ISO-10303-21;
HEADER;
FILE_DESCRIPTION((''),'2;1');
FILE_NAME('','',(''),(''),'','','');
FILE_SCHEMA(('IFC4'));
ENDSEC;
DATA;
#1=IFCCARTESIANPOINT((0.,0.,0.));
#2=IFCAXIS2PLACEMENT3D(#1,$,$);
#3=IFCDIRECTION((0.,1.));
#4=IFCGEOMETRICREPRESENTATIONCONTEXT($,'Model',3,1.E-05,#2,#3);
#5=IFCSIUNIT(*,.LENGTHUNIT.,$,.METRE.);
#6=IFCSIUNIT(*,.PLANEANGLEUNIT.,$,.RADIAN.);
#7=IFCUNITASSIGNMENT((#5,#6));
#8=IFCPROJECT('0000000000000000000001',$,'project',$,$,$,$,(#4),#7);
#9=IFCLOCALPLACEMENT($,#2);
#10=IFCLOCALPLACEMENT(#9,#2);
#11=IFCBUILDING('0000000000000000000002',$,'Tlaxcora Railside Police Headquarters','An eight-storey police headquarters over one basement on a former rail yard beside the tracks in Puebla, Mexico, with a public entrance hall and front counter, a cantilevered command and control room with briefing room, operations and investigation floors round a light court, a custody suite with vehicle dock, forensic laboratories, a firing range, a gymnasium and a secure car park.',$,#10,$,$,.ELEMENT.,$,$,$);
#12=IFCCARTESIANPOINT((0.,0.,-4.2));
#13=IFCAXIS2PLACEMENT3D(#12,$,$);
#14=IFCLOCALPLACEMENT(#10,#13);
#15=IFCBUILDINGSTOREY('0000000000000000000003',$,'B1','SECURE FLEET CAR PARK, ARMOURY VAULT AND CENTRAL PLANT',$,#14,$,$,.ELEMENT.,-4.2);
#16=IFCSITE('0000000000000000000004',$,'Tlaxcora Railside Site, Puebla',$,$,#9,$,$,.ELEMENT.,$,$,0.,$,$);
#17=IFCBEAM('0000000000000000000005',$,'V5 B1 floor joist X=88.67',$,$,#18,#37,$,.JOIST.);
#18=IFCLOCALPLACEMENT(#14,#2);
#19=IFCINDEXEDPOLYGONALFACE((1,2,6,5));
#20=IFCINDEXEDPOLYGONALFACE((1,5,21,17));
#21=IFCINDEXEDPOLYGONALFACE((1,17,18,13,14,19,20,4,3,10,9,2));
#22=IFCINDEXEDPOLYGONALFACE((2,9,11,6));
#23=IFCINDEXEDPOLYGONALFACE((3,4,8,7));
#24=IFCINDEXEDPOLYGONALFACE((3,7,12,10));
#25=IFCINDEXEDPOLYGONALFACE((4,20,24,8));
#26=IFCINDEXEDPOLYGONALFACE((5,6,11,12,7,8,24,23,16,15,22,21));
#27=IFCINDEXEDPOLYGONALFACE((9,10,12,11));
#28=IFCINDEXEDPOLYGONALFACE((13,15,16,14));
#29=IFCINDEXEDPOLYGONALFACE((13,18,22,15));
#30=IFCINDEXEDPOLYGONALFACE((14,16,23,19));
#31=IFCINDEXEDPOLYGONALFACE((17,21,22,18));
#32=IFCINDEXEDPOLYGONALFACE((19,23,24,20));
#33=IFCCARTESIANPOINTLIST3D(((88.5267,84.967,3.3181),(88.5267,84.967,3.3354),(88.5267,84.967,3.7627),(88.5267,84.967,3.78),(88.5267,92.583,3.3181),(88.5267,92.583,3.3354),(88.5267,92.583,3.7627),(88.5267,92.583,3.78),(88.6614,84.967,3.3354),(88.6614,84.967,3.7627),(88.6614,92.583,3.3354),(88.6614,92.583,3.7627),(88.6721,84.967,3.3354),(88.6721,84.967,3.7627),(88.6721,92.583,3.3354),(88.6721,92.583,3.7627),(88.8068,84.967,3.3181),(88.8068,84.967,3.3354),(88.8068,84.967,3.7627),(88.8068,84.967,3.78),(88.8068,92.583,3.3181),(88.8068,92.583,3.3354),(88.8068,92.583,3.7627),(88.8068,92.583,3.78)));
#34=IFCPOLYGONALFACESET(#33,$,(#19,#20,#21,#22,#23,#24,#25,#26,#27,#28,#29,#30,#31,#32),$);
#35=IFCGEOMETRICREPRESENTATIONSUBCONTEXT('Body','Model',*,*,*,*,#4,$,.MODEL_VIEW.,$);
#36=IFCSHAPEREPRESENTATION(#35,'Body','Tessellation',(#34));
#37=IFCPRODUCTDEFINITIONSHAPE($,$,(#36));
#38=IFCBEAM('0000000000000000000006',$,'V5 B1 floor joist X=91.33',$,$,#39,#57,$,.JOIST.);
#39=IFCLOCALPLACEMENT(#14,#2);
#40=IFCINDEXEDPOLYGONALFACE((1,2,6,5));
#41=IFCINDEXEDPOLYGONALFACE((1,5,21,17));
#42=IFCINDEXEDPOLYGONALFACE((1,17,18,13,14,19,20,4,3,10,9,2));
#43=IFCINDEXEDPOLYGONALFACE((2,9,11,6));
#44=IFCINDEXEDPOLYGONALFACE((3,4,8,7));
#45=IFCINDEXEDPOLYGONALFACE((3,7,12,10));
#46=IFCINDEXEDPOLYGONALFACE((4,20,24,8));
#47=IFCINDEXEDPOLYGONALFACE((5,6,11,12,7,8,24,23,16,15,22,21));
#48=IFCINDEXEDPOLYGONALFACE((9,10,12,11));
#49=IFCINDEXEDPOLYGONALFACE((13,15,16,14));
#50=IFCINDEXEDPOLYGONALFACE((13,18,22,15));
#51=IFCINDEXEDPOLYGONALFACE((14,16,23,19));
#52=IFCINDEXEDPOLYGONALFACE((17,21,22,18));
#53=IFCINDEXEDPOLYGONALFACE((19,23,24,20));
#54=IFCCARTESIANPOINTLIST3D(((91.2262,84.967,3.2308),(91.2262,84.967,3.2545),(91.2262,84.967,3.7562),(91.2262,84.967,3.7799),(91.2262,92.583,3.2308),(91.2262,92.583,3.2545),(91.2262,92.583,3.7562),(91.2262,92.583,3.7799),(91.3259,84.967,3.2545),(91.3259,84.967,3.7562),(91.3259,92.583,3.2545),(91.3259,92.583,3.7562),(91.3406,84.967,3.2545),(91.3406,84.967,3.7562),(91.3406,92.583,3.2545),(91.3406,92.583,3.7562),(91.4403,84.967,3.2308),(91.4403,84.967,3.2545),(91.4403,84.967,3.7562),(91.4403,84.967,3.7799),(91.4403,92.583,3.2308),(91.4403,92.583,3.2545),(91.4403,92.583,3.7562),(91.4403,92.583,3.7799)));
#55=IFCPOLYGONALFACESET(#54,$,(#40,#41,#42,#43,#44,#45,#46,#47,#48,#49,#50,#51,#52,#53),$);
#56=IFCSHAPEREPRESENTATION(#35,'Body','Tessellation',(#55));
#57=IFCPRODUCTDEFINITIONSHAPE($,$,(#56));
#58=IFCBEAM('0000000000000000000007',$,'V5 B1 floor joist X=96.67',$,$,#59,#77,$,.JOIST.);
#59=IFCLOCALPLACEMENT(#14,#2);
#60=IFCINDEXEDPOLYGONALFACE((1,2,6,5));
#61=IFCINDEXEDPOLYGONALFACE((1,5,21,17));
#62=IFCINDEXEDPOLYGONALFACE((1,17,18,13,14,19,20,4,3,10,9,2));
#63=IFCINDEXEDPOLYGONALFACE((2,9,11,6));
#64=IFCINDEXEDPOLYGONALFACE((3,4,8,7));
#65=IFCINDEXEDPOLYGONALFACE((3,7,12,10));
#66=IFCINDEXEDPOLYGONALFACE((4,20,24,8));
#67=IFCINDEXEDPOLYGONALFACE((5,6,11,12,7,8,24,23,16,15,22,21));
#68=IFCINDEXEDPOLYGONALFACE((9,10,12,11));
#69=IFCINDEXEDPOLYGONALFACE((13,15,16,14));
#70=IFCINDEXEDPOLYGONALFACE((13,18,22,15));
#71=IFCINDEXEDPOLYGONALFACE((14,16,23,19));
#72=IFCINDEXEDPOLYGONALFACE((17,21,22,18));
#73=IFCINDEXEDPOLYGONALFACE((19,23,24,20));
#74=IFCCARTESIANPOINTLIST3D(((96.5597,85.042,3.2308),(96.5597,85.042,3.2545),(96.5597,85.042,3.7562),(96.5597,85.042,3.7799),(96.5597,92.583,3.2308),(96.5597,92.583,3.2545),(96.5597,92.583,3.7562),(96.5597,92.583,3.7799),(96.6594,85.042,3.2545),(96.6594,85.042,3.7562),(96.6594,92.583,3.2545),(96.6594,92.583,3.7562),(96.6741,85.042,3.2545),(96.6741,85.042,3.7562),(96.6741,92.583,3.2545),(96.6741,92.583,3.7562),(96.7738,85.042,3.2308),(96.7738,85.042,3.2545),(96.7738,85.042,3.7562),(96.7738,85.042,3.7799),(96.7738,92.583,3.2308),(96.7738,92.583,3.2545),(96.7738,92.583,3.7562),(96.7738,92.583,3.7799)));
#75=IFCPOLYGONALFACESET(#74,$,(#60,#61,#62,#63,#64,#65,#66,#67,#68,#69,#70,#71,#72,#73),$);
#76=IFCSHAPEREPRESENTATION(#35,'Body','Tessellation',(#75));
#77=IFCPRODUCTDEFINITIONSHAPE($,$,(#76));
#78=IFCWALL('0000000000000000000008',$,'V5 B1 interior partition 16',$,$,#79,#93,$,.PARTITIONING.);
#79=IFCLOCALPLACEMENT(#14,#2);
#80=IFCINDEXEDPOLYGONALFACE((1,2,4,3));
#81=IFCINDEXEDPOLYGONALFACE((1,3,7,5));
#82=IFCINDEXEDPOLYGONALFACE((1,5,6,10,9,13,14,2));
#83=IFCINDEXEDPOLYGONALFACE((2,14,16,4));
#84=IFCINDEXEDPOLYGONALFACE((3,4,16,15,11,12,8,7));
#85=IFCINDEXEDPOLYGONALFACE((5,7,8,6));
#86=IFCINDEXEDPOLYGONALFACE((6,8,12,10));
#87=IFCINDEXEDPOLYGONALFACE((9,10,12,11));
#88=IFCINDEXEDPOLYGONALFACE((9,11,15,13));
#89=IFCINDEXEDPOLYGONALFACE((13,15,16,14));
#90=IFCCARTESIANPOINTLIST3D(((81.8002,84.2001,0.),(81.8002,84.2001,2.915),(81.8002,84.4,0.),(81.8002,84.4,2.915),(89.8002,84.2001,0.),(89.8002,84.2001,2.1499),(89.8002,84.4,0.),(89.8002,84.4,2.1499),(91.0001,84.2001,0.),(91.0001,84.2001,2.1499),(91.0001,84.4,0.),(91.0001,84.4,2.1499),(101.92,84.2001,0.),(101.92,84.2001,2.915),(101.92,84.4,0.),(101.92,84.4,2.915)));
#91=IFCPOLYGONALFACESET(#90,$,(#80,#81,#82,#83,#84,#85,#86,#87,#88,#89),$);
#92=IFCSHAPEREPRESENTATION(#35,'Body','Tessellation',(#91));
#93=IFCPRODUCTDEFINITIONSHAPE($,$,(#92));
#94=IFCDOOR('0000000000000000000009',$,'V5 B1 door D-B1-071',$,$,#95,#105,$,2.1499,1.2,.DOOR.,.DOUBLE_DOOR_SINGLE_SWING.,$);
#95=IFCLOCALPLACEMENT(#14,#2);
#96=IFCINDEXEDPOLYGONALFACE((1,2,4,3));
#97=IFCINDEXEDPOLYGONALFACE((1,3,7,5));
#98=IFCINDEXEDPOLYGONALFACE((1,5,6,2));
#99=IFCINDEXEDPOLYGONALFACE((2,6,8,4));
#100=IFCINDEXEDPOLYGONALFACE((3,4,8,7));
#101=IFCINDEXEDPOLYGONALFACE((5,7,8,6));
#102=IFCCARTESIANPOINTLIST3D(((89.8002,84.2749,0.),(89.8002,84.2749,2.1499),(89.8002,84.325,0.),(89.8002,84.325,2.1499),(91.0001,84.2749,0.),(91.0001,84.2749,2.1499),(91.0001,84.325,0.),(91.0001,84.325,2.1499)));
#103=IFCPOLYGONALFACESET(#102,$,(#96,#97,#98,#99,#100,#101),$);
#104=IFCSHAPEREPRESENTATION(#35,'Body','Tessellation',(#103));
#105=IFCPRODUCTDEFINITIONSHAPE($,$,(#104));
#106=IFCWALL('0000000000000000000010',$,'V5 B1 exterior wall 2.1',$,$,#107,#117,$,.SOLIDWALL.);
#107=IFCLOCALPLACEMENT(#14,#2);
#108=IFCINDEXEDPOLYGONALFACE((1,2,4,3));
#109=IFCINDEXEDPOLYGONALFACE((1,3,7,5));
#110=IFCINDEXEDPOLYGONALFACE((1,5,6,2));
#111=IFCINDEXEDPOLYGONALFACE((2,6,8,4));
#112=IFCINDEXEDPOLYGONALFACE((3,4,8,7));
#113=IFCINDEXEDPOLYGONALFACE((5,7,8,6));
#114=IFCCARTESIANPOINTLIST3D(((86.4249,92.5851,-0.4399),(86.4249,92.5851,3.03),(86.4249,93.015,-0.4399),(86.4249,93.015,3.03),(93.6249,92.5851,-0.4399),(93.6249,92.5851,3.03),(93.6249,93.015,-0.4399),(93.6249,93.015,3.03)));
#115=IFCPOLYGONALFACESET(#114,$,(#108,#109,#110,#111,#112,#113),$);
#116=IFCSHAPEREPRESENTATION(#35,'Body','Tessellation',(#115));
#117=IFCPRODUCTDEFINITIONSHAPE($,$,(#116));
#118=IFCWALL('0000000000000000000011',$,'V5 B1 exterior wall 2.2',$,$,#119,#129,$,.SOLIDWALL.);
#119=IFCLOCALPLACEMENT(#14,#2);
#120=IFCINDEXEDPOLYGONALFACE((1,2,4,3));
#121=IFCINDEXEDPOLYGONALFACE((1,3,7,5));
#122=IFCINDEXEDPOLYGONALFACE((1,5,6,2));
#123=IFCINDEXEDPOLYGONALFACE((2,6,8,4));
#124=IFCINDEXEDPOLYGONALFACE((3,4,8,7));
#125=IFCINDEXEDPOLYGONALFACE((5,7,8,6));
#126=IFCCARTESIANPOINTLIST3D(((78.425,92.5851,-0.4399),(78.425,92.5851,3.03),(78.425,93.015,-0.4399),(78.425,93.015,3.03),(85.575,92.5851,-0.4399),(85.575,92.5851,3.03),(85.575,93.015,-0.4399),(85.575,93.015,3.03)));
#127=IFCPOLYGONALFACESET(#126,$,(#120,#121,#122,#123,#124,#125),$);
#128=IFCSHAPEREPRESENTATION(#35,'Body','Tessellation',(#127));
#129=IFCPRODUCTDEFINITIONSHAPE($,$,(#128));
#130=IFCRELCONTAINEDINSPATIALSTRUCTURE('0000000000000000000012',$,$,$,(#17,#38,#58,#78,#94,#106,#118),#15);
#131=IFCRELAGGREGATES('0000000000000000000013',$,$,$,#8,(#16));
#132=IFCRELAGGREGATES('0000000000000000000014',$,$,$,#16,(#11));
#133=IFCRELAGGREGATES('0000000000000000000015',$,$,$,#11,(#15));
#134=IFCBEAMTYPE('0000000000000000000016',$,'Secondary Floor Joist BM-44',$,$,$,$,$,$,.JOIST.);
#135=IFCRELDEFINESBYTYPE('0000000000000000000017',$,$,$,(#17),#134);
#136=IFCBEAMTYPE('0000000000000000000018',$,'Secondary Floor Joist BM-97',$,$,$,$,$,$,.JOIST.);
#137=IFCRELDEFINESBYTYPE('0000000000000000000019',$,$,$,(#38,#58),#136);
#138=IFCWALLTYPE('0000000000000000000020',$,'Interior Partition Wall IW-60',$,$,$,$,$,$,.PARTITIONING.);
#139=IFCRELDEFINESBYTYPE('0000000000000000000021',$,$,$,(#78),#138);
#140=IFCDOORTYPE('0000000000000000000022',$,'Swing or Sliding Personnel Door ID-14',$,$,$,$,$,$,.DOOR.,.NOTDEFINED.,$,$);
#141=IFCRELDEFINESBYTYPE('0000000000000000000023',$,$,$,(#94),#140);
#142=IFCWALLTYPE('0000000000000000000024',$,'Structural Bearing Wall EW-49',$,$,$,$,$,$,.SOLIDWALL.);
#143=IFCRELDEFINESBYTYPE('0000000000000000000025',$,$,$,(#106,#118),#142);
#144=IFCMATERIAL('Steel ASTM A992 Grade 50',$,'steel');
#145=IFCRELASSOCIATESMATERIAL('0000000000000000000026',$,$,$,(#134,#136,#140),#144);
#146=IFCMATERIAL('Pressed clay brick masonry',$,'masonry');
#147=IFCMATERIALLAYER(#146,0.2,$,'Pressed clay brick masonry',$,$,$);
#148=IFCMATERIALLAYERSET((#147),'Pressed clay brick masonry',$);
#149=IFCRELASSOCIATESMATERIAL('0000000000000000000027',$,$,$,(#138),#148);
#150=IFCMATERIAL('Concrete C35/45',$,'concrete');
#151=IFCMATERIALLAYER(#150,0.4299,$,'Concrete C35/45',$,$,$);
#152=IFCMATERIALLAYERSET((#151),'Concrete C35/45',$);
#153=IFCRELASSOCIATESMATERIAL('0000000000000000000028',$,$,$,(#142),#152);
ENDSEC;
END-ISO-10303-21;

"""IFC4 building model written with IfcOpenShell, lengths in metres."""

from ifc_helpers import new_model, si_unit, direction, frame, frame_2d, origin, origin_2d, place, context, subcontext, project, spatial, rectangle, i_section, extrude, material, layer, layer_set, material_profile, profile_set, type_object, element, fill, save


model = new_model("IFC4")

# Units and contexts
model_context = context("Model", 3, precision=1e-05, world=origin(), true_north=direction((0.0, 1.0)))
body_context = subcontext(model_context, "Body", "Model", "MODEL_VIEW")
ifc_project = project(units=[si_unit("LENGTHUNIT", "METRE"), si_unit("PLANEANGLEUNIT", "RADIAN")], contexts=[model_context])

# Site, building, storey
site_placement = place(None, origin())
site = spatial("IfcSite", under=ifc_project, at=site_placement, Name="Tlaxcora Railside Site, Puebla", CompositionType="ELEMENT", RefElevation=0.0)
building_placement = place(site_placement, origin())
building = spatial("IfcBuilding", under=site, at=building_placement, Name="Tlaxcora Railside Police Headquarters", Description="An eight-storey police headquarters over one basement on a former rail yard beside the tracks in Puebla, Mexico, with a public entrance hall and front counter, a cantilevered command and control room with briefing room, operations and investigation floors round a light court, a custody suite with vehicle dock, forensic laboratories, a firing range, a gymnasium and a secure car park.", CompositionType="ELEMENT")
storey_placement = place(building_placement, frame((0.0, 0.0, -4.2)))
storey = spatial("IfcBuildingStorey", under=building, at=storey_placement, Name="B1", Description="SECURE FLEET CAR PARK, ARMOURY VAULT AND CENTRAL PLANT", CompositionType="ELEMENT", Elevation=-4.2)

# Shared definitions
ifc_material_1 = material(Name="Concrete C35/45", Category="concrete")

# Beams
ifc_material_2 = material(Name="Steel ASTM A992 Grade 50", Category="steel")
ifc_material_profile_1 = material_profile(ifc_material_2, i_section(OverallWidth=0.28, OverallDepth=0.4619, WebThickness=0.0107, FlangeThickness=0.0173, at=origin_2d()), Name="W18X76")
ifc_profile_set_1 = profile_set([ifc_material_profile_1], Name="Steel ASTM A992 Grade 50")
beam_type_1 = type_object("IfcBeamType", Name="Secondary Floor Joist BM-44", PredefinedType="JOIST", material=ifc_profile_set_1)
beam_1_placement = place(storey_placement, frame((88.6667, 84.967, 3.5491), z_axis=(0.0, 1.0, 0.0), x_axis=(-1.0, 0.0, 0.0)))
element("IfcBeam", 1, at=beam_1_placement, inside=storey, type_object=beam_type_1, Name="V5 B1 floor joist X=88.67", PredefinedType="JOIST", context=body_context, shape_type="SweptSolid", body=[
    extrude(i_section(OverallWidth=0.28, OverallDepth=0.4619, WebThickness=0.0107, FlangeThickness=0.0173, at=origin_2d()), origin(), (0.0, 0.0, 1.0), 7.616),
])
ifc_material_profile_2 = material_profile(ifc_material_2, i_section(OverallWidth=0.2141, OverallDepth=0.5491, WebThickness=0.0146, FlangeThickness=0.0237, at=origin_2d()), Name="W21X93")
ifc_profile_set_2 = profile_set([ifc_material_profile_2], Name="Steel ASTM A992 Grade 50")
beam_type_2 = type_object("IfcBeamType", Name="Secondary Floor Joist BM-97", PredefinedType="JOIST", material=ifc_profile_set_2)
beam_2_placement = place(storey_placement, frame((91.3333, 84.967, 3.5054), z_axis=(0.0, 1.0, 0.0), x_axis=(-1.0, 0.0, 0.0)))
element("IfcBeam", 2, at=beam_2_placement, inside=storey, type_object=beam_type_2, Name="V5 B1 floor joist X=91.33", PredefinedType="JOIST", context=body_context, shape_type="SweptSolid", body=[
    extrude(i_section(OverallWidth=0.2141, OverallDepth=0.5491, WebThickness=0.0146, FlangeThickness=0.0237, at=origin_2d()), origin(), (0.0, 0.0, 1.0), 7.616),
])
beam_3_placement = place(storey_placement, frame((96.6667, 85.042, 3.5054), z_axis=(0.0, 1.0, 0.0), x_axis=(-1.0, 0.0, 0.0)))
element("IfcBeam", 3, at=beam_3_placement, inside=storey, type_object=beam_type_2, Name="V5 B1 floor joist X=96.67", PredefinedType="JOIST", context=body_context, shape_type="SweptSolid", body=[
    extrude(i_section(OverallWidth=0.2141, OverallDepth=0.5491, WebThickness=0.0146, FlangeThickness=0.0237, at=origin_2d()), origin(), (0.0, 0.0, 1.0), 7.541),
])

# Wall, opening, door
ifc_material_3 = material(Name="Pressed clay brick masonry", Category="masonry")
ifc_layer_1 = layer(ifc_material_3, 0.2, Name="Pressed clay brick masonry")
ifc_layer_set_1 = layer_set([ifc_layer_1], Name="Pressed clay brick masonry")
wall_type_1 = type_object("IfcWallType", Name="Interior Partition Wall IW-60", PredefinedType="PARTITIONING", material=ifc_layer_set_1)
wall_1_placement = place(storey_placement, frame((81.8, 84.3, 0.0), z_axis=(0.0, 0.0, 1.0), x_axis=(1.0, 0.0, 0.0)))
wall_1 = element("IfcWall", 4, at=wall_1_placement, inside=storey, type_object=wall_type_1, Name="V5 B1 interior partition 16", PredefinedType="PARTITIONING", context=body_context, shape_type="SweptSolid", body=[
    extrude(rectangle(XDim=20.1199, YDim=0.2, at=frame_2d((10.0601, 0.0))), origin(), (0.0, 0.0, 1.0), 2.915),
])
opening_placement = place(wall_1_placement, frame((8.0, 0.0, 0.0)))
opening = element("IfcOpeningElement", 5, at=opening_placement, cuts=wall_1, PredefinedType="OPENING", context=body_context, shape_type="SweptSolid", body=[
    extrude(rectangle(XDim=1.2, YDim=2.1499, at=frame_2d((0.6001, 1.075))), frame((0.0, 0.1099, 0.0), z_axis=(0.0, -1.0, 0.0), x_axis=(1.0, 0.0, 0.0)), (0.0, 0.0, 1.0), 0.22),
])
door_type = type_object("IfcDoorType", Name="Swing or Sliding Personnel Door ID-14", OperationType="NOTDEFINED", PredefinedType="DOOR", material=ifc_material_2)
door_placement = place(opening_placement, origin())
door = element("IfcDoor", 6, at=door_placement, inside=storey, type_object=door_type, Name="V5 B1 door D-B1-071", OperationType="DOUBLE_DOOR_SINGLE_SWING", OverallHeight=2.1499, OverallWidth=1.2, PredefinedType="DOOR", context=body_context, shape_type="SweptSolid", body=[
    extrude(rectangle(XDim=1.2, YDim=2.1499, at=frame_2d((0.6001, 1.075))), frame((0.0, 0.0249, 0.0), z_axis=(0.0, -1.0, 0.0), x_axis=(1.0, 0.0, 0.0)), (0.0, 0.0, 1.0), 0.05),
])
fill(opening, door)

# Walls
ifc_layer_2 = layer(ifc_material_1, 0.4299, Name="Concrete C35/45")
ifc_layer_set_2 = layer_set([ifc_layer_2], Name="Concrete C35/45")
wall_type_2 = type_object("IfcWallType", Name="Structural Bearing Wall EW-49", PredefinedType="SOLIDWALL", material=ifc_layer_set_2)
wall_2_placement = place(storey_placement, frame((93.625, 92.8, -0.4399), z_axis=(0.0, 0.0, 1.0), x_axis=(-1.0, 0.0, 0.0)))
element("IfcWall", 7, at=wall_2_placement, inside=storey, type_object=wall_type_2, Name="V5 B1 exterior wall 2.1", PredefinedType="SOLIDWALL", context=body_context, shape_type="SweptSolid", body=[
    extrude(rectangle(XDim=7.2, YDim=0.4299, at=frame_2d((3.6001, 0.0))), origin(), (0.0, 0.0, 1.0), 3.47),
])
wall_3_placement = place(storey_placement, frame((85.575, 92.8, -0.4399), z_axis=(0.0, 0.0, 1.0), x_axis=(-1.0, 0.0, 0.0)))
element("IfcWall", 8, at=wall_3_placement, inside=storey, type_object=wall_type_2, Name="V5 B1 exterior wall 2.2", PredefinedType="SOLIDWALL", context=body_context, shape_type="SweptSolid", body=[
    extrude(rectangle(XDim=7.1499, YDim=0.4299, at=frame_2d((3.575, 0.0))), origin(), (0.0, 0.0, 1.0), 3.47),
])

save(model, "model.ifc")
